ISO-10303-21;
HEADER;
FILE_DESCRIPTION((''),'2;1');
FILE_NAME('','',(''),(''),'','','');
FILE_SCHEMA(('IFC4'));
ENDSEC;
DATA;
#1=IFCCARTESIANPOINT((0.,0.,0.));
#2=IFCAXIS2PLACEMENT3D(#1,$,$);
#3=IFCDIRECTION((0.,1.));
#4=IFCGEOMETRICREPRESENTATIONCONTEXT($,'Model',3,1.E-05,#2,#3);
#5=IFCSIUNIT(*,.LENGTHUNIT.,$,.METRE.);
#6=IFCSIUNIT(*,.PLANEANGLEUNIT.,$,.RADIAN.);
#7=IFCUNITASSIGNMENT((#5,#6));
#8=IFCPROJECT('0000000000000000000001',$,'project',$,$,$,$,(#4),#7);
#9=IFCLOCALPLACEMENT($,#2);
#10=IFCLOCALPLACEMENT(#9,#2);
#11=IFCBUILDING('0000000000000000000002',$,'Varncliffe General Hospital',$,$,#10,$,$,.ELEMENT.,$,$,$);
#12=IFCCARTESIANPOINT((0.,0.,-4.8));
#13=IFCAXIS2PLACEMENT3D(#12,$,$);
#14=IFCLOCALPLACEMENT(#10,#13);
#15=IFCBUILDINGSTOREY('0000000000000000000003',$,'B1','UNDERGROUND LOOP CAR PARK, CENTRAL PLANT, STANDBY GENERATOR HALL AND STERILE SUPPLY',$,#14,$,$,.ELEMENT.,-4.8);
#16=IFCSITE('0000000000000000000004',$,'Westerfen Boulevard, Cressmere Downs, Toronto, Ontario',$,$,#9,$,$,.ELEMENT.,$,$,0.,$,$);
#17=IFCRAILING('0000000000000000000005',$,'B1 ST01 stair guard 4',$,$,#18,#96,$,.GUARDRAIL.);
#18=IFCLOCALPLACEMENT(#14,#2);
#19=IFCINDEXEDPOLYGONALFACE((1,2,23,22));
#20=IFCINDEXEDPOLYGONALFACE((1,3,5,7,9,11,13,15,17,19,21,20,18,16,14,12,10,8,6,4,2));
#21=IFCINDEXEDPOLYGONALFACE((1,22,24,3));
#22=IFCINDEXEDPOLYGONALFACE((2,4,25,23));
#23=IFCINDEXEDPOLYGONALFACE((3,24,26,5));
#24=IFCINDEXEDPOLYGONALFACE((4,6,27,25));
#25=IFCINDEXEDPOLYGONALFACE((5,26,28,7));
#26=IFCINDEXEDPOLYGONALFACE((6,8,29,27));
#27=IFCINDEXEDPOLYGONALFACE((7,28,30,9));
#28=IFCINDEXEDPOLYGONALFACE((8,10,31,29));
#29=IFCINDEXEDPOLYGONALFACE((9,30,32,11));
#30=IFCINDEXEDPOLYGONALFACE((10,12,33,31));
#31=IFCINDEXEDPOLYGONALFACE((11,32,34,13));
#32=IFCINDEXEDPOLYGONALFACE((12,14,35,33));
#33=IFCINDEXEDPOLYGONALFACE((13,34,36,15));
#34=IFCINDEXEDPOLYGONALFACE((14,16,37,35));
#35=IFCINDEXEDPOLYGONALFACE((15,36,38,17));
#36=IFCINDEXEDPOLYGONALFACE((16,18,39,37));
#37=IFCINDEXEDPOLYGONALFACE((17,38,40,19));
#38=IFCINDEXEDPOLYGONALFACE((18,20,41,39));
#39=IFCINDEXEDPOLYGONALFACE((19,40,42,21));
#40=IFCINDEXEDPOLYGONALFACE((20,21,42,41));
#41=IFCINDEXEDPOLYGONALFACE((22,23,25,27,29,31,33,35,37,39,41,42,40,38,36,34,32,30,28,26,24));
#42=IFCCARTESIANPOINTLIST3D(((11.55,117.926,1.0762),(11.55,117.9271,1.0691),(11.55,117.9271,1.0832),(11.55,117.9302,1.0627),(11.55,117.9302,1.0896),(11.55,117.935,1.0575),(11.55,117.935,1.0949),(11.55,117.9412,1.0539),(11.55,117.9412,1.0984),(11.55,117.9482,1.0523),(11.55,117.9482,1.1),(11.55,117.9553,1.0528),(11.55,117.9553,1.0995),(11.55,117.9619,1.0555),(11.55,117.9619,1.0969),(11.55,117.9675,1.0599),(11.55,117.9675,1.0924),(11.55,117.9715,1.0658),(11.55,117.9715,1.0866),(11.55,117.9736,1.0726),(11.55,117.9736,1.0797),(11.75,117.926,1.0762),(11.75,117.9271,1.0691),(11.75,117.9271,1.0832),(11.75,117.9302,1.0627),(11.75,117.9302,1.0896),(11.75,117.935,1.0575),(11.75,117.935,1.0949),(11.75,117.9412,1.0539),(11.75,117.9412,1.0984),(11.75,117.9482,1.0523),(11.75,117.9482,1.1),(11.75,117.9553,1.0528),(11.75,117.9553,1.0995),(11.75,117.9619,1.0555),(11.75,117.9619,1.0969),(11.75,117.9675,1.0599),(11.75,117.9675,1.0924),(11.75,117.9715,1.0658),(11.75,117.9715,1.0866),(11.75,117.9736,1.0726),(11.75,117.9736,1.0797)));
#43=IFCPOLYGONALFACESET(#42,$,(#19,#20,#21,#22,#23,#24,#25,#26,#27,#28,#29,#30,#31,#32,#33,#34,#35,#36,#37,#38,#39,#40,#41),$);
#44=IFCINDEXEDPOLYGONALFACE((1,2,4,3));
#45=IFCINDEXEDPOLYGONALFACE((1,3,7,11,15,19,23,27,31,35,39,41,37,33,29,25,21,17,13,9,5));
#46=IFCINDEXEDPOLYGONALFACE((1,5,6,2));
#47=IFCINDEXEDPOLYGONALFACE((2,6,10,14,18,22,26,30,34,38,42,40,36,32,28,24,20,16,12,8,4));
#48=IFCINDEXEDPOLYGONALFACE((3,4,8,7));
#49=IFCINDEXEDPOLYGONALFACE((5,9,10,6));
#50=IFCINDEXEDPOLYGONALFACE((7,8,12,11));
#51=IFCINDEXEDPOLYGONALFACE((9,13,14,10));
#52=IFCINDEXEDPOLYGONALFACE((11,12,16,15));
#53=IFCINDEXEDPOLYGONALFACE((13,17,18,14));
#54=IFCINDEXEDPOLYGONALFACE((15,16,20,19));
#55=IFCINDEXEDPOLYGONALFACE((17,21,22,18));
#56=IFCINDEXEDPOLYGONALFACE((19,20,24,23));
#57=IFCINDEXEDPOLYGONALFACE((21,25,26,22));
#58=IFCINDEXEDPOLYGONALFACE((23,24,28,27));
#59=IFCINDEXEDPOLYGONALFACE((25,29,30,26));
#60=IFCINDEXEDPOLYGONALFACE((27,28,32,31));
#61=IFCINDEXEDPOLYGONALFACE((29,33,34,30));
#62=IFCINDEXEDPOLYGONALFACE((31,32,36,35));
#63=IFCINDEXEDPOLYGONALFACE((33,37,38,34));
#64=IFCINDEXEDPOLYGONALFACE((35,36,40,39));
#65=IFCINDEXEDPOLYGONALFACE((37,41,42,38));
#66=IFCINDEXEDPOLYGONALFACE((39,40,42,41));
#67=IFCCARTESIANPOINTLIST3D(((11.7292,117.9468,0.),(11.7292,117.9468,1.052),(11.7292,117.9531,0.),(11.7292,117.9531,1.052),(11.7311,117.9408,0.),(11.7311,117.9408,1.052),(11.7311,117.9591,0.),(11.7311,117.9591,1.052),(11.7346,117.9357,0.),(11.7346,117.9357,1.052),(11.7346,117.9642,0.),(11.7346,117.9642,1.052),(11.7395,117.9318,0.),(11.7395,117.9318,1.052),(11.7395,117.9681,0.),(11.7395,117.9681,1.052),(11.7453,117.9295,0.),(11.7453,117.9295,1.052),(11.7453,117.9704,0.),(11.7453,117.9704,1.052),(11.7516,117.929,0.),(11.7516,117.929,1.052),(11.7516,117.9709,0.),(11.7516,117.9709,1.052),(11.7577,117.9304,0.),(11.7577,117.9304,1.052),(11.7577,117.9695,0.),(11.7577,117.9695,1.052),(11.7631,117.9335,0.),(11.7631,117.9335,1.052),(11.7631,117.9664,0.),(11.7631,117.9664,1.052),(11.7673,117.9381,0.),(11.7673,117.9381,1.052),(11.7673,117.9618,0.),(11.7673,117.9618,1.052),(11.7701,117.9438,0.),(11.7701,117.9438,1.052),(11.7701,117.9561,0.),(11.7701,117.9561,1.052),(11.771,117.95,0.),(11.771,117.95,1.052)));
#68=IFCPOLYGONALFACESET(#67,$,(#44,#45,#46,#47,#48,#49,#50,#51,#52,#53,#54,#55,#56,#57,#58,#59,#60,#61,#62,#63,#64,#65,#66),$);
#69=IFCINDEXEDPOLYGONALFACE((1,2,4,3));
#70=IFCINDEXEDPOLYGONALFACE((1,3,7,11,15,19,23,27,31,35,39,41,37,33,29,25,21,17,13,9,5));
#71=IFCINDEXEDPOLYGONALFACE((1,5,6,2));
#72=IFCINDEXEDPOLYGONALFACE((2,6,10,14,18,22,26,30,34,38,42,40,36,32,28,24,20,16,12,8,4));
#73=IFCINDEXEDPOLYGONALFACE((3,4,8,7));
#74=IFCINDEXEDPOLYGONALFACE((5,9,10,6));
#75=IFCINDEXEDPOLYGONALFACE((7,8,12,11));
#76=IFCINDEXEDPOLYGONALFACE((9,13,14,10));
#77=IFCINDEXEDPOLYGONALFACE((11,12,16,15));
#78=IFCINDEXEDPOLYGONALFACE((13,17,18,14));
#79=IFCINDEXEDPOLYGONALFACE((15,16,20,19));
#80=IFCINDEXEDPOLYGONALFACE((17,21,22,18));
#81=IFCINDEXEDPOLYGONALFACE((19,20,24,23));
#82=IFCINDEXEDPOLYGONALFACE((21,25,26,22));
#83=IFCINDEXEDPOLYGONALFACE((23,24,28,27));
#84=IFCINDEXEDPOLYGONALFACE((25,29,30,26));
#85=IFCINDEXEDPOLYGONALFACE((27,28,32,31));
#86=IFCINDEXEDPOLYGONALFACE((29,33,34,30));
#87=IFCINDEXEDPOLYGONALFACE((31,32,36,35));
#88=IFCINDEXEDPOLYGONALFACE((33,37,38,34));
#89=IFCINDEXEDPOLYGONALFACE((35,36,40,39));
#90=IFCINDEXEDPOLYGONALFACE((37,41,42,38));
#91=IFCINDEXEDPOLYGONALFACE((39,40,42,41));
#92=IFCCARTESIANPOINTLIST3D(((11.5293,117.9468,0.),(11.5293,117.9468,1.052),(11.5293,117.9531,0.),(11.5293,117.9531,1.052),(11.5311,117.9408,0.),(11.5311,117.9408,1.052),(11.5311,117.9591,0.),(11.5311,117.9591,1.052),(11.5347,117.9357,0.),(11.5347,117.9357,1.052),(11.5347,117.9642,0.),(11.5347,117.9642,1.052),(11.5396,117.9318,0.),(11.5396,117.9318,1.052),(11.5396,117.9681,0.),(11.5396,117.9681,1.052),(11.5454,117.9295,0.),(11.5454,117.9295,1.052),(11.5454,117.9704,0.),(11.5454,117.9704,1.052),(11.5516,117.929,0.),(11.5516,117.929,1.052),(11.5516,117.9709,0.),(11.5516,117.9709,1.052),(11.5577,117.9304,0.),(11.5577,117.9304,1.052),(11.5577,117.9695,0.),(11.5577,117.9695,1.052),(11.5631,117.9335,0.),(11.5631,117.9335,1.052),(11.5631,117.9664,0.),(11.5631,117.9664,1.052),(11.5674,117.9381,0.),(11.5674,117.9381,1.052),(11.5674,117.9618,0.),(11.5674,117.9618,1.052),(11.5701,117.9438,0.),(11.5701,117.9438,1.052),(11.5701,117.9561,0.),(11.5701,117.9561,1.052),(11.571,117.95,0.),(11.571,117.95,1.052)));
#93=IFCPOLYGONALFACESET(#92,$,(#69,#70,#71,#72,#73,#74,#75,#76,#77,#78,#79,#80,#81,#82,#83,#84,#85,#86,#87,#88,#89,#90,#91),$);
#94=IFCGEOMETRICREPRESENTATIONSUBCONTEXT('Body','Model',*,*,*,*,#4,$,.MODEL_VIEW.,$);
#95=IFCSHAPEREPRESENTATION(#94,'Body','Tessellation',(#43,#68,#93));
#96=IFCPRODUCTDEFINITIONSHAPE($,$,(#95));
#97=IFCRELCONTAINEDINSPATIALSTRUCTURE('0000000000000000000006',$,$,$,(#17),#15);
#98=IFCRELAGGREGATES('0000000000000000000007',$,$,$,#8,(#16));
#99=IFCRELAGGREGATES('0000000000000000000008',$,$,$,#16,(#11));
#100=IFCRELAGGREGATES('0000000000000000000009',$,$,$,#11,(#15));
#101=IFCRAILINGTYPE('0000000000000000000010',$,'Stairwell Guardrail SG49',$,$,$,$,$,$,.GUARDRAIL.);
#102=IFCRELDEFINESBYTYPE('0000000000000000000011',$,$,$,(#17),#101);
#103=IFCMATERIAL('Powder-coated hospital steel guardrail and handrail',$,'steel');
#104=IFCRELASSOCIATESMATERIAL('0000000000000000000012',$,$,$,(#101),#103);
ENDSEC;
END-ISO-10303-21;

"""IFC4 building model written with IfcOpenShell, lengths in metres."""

from ifc_helpers import new_model, si_unit, direction, frame, origin, origin_2d, place, context, subcontext, project, spatial, circle, extrude, material, type_object, element, save


model = new_model("IFC4")

# Units and contexts
model_context = context("Model", 3, precision=1e-05, world=origin(), true_north=direction((0.0, 1.0)))
body_context = subcontext(model_context, "Body", "Model", "MODEL_VIEW")
ifc_project = project(units=[si_unit("LENGTHUNIT", "METRE"), si_unit("PLANEANGLEUNIT", "RADIAN")], contexts=[model_context])

# Site, building, storey
site_placement = place(None, origin())
site = spatial("IfcSite", under=ifc_project, at=site_placement, Name="Westerfen Boulevard, Cressmere Downs, Toronto, Ontario", CompositionType="ELEMENT", RefElevation=0.0)
building_placement = place(site_placement, origin())
building = spatial("IfcBuilding", under=site, at=building_placement, Name="Varncliffe General Hospital", CompositionType="ELEMENT")
storey_placement = place(building_placement, frame((0.0, 0.0, -4.8)))
storey = spatial("IfcBuildingStorey", under=building, at=storey_placement, Name="B1", Description="UNDERGROUND LOOP CAR PARK, CENTRAL PLANT, STANDBY GENERATOR HALL AND STERILE SUPPLY", CompositionType="ELEMENT", Elevation=-4.8)

# Railing
ifc_material_1 = material(Name="Powder-coated hospital steel guardrail and handrail", Category="steel")
railing_type_1 = type_object("IfcRailingType", Name="Stairwell Guardrail SG49", PredefinedType="GUARDRAIL", material=ifc_material_1)
railing_1_placement = place(storey_placement, frame((11.75, 117.95, 0.0)))
element("IfcRailing", 1, at=railing_1_placement, inside=storey, type_object=railing_type_1, Name="B1 ST01 stair guard 4", PredefinedType="GUARDRAIL", context=body_context, shape_type="SweptSolid", body=[
    extrude(circle(Radius=0.0239, at=origin_2d()), frame((0.0, 0.0, 1.0762), z_axis=(-1.0, 0.0, 0.0), x_axis=(0.0, -1.0, 0.0)), (0.0, 0.0, 1.0), 0.2),
    extrude(circle(Radius=0.021, at=origin_2d()), origin(), (0.0, 0.0, 1.0), 1.052),
    extrude(circle(Radius=0.021, at=origin_2d()), frame((-0.2, 0.0, 0.0)), (0.0, 0.0, 1.0), 1.052),
])

save(model, "model.ifc")
